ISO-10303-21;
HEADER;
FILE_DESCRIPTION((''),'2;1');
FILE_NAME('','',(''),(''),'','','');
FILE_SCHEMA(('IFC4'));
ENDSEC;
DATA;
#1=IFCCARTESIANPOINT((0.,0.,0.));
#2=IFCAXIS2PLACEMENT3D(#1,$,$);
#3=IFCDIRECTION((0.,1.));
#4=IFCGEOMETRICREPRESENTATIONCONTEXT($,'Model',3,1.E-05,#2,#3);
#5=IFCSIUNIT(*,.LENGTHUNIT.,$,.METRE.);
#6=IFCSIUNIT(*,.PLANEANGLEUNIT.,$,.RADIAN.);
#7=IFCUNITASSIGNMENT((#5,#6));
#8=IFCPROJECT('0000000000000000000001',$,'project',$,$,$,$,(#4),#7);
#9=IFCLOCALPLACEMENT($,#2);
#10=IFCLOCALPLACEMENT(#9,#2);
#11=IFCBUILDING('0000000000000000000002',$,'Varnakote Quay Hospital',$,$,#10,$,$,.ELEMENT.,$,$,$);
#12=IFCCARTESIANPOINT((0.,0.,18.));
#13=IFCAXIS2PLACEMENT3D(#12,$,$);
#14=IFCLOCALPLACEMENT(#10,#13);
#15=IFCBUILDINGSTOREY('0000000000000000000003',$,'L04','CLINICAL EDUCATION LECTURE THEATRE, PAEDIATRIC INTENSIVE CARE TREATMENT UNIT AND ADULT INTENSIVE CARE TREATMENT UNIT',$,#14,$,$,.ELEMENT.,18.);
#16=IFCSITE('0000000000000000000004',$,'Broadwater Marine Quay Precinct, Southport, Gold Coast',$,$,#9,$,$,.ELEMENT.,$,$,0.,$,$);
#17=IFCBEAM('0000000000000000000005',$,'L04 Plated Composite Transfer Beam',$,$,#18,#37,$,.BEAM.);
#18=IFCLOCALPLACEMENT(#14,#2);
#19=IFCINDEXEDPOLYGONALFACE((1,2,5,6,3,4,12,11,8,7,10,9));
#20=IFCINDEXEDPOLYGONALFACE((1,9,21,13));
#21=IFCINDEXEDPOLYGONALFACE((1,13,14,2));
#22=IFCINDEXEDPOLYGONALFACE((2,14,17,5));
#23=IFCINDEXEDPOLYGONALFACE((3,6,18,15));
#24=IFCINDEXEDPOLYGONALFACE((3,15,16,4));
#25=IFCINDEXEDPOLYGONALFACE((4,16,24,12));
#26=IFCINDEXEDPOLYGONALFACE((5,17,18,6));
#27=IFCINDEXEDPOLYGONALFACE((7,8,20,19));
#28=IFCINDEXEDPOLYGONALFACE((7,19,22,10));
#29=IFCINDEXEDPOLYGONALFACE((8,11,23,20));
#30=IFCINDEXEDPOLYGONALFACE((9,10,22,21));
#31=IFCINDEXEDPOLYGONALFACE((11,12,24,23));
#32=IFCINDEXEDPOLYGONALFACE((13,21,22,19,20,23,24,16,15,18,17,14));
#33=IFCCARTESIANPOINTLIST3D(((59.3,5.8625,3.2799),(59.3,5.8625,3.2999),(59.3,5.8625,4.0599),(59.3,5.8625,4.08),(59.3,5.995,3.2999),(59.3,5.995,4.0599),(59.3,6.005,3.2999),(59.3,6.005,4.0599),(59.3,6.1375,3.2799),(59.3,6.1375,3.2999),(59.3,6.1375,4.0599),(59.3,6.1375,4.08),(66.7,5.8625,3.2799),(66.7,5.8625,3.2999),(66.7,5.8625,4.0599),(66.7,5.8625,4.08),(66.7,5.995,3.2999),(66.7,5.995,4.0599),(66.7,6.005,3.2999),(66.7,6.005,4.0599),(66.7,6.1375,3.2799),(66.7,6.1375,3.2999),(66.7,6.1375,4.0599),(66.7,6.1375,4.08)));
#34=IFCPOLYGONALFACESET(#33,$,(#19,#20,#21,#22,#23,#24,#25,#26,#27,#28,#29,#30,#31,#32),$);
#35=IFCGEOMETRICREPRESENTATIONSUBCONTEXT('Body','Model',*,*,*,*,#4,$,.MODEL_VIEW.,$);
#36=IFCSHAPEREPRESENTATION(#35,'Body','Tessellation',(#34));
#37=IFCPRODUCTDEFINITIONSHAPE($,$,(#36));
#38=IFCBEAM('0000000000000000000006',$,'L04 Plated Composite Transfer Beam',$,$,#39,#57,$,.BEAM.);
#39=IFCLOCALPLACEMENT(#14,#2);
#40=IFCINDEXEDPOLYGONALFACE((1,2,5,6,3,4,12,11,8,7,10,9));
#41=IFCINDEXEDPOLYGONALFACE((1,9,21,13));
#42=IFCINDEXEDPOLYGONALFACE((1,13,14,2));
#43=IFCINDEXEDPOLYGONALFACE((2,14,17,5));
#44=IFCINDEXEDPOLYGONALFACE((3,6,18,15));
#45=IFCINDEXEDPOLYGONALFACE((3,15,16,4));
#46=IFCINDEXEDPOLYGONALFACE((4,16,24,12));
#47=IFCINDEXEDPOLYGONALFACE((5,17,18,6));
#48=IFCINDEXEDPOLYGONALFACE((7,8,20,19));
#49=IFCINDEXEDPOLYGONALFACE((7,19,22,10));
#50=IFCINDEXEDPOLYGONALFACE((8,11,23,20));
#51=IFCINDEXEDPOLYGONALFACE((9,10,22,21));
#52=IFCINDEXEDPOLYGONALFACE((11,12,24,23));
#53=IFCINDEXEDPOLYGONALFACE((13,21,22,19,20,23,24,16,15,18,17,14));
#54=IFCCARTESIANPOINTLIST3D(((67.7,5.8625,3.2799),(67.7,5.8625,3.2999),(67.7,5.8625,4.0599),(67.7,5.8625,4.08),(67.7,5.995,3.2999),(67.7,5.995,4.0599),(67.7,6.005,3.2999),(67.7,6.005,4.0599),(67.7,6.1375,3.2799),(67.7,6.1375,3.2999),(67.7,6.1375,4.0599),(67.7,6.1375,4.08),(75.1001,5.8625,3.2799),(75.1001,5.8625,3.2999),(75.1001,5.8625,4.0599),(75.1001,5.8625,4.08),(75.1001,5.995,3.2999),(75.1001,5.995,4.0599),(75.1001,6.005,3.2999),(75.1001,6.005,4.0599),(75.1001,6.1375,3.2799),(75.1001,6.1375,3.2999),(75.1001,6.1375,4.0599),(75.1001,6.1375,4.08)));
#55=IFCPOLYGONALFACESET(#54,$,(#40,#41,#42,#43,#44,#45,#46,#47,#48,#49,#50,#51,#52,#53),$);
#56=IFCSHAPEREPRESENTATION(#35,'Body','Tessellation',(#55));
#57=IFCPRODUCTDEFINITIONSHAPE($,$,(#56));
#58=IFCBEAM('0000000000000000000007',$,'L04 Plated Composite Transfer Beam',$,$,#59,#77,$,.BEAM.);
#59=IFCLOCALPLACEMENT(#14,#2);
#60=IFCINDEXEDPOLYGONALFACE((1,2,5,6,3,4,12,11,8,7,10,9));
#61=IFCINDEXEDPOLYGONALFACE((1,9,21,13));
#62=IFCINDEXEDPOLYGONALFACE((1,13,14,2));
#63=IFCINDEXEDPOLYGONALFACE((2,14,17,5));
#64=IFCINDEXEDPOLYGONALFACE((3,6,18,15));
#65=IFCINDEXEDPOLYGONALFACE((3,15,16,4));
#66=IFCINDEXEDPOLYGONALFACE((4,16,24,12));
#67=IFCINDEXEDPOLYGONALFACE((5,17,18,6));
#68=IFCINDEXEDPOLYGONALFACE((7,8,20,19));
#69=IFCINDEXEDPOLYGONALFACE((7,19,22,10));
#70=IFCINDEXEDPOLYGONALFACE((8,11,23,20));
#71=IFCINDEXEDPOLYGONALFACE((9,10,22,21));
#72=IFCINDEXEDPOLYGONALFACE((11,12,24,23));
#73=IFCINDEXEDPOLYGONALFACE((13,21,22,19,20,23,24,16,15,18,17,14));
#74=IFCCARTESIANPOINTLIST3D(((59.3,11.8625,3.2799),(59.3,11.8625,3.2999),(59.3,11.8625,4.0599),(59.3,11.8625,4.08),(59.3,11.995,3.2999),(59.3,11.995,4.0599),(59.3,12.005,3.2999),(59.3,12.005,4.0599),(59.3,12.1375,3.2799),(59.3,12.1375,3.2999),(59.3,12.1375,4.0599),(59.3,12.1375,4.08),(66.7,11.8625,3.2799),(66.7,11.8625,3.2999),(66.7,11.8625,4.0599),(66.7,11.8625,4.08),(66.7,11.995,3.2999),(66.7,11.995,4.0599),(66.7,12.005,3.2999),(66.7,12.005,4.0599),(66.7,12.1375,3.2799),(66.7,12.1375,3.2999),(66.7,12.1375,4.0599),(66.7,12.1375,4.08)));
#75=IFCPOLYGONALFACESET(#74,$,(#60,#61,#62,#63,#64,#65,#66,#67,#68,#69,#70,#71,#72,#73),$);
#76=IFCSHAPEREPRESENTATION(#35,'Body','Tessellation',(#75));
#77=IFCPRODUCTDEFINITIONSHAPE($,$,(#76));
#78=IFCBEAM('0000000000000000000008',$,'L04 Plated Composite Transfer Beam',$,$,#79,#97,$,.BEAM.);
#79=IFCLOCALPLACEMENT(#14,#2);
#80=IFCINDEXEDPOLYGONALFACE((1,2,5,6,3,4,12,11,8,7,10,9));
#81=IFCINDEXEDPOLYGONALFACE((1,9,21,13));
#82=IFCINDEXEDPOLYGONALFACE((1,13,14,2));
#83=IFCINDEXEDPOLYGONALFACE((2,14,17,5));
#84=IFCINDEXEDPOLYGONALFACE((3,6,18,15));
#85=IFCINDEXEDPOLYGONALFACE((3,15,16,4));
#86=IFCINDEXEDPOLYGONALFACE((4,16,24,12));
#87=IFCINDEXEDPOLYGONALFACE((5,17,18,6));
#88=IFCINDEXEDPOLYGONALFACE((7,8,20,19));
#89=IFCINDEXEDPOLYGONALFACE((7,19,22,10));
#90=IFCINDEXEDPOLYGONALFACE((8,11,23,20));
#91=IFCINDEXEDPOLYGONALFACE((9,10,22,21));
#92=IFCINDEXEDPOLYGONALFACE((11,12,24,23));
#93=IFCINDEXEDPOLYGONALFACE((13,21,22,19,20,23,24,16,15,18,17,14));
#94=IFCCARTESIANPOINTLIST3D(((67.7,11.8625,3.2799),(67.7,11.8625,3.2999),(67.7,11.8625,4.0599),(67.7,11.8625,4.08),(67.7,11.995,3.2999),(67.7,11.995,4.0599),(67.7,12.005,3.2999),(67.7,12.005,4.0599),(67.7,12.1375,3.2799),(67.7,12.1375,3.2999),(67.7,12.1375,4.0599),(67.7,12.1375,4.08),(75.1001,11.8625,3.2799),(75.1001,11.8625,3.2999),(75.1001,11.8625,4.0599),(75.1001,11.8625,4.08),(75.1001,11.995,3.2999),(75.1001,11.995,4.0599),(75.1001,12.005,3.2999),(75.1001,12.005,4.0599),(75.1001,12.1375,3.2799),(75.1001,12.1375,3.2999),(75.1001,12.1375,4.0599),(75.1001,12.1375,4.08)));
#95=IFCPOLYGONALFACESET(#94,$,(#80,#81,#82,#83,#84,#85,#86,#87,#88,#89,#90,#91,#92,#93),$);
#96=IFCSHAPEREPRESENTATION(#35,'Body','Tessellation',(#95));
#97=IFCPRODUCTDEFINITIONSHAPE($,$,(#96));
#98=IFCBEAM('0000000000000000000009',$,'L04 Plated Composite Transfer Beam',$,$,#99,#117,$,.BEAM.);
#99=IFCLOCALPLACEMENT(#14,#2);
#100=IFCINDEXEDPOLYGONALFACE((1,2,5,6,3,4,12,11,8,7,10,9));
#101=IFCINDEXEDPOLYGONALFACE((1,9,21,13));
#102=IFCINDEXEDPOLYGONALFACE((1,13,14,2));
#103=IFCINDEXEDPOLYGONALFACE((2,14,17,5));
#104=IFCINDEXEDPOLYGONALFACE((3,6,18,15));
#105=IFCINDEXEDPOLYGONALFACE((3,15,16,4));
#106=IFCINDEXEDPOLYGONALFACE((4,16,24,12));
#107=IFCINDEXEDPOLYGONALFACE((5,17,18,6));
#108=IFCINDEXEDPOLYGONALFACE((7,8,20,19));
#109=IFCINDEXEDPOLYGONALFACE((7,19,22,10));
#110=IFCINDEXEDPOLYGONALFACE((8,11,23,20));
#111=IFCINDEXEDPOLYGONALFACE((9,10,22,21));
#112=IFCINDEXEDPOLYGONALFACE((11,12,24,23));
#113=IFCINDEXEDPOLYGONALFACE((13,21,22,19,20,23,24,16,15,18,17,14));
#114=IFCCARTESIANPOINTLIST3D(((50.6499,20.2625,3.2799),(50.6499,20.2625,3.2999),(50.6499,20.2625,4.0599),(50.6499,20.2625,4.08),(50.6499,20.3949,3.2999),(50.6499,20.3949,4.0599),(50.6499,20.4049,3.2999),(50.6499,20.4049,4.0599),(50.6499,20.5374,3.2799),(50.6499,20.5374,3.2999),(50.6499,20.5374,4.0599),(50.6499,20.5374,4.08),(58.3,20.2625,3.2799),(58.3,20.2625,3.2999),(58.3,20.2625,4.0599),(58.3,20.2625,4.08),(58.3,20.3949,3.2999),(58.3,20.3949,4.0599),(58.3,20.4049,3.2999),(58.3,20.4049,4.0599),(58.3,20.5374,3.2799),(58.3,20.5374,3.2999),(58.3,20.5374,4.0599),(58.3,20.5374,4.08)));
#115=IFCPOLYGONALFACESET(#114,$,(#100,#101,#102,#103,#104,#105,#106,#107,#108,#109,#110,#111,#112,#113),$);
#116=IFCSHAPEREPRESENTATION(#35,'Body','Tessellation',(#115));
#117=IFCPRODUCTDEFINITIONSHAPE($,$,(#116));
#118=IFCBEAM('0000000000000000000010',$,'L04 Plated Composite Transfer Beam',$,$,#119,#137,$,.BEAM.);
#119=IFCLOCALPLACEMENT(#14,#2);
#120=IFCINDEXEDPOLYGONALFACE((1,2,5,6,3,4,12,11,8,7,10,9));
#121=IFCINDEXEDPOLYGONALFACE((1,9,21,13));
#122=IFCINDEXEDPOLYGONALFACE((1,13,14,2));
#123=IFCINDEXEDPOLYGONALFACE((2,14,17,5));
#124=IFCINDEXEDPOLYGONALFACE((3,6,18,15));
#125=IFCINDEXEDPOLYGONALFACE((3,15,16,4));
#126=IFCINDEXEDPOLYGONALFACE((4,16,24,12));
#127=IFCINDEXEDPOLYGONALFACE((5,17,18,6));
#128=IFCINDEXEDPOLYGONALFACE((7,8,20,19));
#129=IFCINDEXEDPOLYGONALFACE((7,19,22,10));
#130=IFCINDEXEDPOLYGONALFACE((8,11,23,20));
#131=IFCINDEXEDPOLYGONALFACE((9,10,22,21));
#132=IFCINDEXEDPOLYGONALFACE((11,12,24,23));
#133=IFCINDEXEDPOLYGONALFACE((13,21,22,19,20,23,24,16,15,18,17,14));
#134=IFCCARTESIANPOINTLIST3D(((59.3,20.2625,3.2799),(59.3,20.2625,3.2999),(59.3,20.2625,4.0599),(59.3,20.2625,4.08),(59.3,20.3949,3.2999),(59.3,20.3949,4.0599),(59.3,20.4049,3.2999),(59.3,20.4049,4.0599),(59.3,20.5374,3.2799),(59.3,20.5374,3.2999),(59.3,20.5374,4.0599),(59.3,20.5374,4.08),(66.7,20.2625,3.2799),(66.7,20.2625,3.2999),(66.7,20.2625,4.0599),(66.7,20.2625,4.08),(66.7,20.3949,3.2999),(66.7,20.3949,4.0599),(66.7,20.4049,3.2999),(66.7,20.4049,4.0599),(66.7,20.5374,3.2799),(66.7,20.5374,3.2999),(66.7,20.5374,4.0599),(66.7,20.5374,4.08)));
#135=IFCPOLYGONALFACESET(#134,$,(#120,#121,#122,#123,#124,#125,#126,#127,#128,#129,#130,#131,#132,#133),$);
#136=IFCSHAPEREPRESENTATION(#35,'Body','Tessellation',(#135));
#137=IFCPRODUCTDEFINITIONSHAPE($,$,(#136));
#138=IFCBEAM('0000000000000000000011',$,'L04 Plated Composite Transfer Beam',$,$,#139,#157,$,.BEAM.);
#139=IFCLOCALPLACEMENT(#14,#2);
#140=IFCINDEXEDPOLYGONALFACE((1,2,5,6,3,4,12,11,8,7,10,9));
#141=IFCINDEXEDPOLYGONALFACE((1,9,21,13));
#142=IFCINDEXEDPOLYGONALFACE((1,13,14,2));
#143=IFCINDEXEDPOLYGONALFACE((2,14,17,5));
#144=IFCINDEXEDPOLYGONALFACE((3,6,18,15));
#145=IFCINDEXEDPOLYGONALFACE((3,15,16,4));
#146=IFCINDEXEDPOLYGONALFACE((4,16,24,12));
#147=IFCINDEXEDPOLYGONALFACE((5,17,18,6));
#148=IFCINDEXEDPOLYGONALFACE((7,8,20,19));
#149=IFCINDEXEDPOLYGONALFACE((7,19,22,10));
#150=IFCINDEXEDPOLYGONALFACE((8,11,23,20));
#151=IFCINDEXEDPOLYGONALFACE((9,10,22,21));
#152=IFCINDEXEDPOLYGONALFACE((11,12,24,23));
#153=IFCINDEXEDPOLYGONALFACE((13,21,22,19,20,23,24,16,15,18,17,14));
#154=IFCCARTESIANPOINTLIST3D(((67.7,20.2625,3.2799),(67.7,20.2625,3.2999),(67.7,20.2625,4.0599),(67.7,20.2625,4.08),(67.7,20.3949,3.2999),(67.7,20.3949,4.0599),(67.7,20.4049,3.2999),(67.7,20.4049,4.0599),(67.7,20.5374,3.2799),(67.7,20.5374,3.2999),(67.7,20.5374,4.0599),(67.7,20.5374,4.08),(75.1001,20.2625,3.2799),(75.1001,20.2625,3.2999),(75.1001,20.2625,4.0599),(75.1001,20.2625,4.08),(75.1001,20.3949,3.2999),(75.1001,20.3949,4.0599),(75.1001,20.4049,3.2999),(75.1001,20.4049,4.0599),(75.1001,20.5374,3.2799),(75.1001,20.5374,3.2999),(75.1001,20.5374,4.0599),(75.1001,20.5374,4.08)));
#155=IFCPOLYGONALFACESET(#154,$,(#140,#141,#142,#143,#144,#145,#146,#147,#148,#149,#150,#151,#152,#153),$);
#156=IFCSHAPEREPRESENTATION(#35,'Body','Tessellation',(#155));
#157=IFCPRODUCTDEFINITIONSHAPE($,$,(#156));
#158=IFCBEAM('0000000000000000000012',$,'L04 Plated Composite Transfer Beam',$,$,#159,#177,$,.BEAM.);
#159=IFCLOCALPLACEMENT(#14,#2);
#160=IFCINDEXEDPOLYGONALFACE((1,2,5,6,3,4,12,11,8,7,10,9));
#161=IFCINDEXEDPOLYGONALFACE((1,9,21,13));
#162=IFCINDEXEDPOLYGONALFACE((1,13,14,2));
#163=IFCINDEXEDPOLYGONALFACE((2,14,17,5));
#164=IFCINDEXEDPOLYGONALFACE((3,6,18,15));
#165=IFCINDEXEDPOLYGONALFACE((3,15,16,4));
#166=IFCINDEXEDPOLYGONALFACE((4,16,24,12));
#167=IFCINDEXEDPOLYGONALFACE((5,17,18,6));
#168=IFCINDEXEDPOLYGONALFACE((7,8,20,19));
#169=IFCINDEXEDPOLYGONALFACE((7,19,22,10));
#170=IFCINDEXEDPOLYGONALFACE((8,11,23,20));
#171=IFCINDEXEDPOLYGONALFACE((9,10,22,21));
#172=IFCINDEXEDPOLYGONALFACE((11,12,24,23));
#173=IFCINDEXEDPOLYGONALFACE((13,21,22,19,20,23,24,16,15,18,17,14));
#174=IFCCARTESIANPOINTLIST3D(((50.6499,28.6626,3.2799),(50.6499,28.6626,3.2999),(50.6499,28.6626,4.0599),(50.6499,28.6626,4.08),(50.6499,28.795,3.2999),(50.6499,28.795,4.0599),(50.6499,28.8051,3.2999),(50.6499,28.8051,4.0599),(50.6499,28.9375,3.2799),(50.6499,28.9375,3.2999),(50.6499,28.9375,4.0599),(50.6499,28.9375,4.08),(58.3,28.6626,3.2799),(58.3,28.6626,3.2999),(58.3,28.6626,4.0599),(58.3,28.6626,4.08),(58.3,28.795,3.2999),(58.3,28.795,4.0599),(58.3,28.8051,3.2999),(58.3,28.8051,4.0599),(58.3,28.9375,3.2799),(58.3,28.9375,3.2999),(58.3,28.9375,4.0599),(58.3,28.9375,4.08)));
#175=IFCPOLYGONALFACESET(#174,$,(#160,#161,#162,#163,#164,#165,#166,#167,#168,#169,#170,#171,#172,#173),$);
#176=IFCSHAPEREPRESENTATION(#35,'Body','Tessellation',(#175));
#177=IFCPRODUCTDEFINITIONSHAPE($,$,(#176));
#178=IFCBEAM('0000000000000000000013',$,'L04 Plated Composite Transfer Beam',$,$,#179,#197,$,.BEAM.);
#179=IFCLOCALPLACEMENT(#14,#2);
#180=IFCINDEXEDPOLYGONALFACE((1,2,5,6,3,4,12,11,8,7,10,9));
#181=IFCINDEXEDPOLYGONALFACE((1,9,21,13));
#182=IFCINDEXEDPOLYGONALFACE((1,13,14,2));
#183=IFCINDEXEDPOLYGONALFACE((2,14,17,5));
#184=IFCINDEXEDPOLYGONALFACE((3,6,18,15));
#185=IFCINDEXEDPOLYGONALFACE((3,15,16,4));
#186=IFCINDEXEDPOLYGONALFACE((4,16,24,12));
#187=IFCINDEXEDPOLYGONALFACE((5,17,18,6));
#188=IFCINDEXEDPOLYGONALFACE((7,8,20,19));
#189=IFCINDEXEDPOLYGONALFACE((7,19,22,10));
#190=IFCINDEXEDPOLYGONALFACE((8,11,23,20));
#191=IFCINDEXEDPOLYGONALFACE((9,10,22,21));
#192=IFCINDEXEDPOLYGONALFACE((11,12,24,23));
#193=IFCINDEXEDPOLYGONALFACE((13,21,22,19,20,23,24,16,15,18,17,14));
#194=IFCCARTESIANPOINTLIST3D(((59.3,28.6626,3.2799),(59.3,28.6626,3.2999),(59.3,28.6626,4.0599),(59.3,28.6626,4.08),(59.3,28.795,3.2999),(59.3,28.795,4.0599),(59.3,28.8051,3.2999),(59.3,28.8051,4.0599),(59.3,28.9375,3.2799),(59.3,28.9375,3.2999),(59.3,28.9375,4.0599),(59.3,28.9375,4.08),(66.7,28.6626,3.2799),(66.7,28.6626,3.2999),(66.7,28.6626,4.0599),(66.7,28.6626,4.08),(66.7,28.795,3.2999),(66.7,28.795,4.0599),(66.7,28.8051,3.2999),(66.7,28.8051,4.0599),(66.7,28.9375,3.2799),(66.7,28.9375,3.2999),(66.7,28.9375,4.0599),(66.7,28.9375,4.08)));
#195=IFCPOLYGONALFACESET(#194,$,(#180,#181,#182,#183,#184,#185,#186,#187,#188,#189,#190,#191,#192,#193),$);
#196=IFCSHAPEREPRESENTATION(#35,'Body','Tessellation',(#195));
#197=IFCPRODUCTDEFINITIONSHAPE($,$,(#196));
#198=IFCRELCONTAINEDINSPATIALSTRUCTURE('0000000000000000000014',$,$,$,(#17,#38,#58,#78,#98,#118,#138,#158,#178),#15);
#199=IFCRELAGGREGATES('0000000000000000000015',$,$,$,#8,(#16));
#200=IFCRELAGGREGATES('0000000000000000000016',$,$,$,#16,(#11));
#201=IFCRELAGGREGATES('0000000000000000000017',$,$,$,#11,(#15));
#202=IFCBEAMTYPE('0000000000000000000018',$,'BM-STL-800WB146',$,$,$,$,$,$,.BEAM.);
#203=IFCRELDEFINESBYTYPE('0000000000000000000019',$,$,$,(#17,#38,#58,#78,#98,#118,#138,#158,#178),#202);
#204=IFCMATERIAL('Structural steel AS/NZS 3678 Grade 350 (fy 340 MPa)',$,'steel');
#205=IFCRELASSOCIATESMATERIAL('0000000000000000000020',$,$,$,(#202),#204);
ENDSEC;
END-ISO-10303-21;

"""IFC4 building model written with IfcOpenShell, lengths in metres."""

from ifc_helpers import new_model, si_unit, direction, frame, origin, origin_2d, place, context, subcontext, project, spatial, i_section, extrude, material, material_profile, profile_set, type_object, element, save


model = new_model("IFC4")

# Units and contexts
model_context = context("Model", 3, precision=1e-05, world=origin(), true_north=direction((0.0, 1.0)))
body_context = subcontext(model_context, "Body", "Model", "MODEL_VIEW")
ifc_project = project(units=[si_unit("LENGTHUNIT", "METRE"), si_unit("PLANEANGLEUNIT", "RADIAN")], contexts=[model_context])

# Site, building, storey
site_placement = place(None, origin())
site = spatial("IfcSite", under=ifc_project, at=site_placement, Name="Broadwater Marine Quay Precinct, Southport, Gold Coast", CompositionType="ELEMENT", RefElevation=0.0)
building_placement = place(site_placement, origin())
building = spatial("IfcBuilding", under=site, at=building_placement, Name="Varnakote Quay Hospital", CompositionType="ELEMENT")
storey_placement = place(building_placement, frame((0.0, 0.0, 18.0)))
storey = spatial("IfcBuildingStorey", under=building, at=storey_placement, Name="L04", Description="CLINICAL EDUCATION LECTURE THEATRE, PAEDIATRIC INTENSIVE CARE TREATMENT UNIT AND ADULT INTENSIVE CARE TREATMENT UNIT", CompositionType="ELEMENT", Elevation=18.0)

# Beams
ifc_material_1 = material(Name="Structural steel AS/NZS 3678 Grade 350 (fy 340 MPa)", Category="steel")
ifc_material_profile_1 = material_profile(ifc_material_1, i_section(OverallWidth=0.2749, OverallDepth=0.8, WebThickness=0.01, FlangeThickness=0.02, at=origin_2d()), Name="800WB146")
ifc_profile_set_1 = profile_set([ifc_material_profile_1], Name="Structural steel AS/NZS 3678 Grade 350 (fy 340 MPa)")
beam_type_1 = type_object("IfcBeamType", Name="BM-STL-800WB146", PredefinedType="BEAM", material=ifc_profile_set_1)
beam_1_placement = place(storey_placement, frame((59.3, 6.0, 3.6799), z_axis=(1.0, 0.0, 0.0), x_axis=(0.0, 1.0, 0.0)))
element("IfcBeam", 1, at=beam_1_placement, inside=storey, type_object=beam_type_1, Name="L04 Plated Composite Transfer Beam", PredefinedType="BEAM", context=body_context, shape_type="SweptSolid", body=[
    extrude(i_section(OverallWidth=0.2749, OverallDepth=0.8, WebThickness=0.01, FlangeThickness=0.02, at=origin_2d()), origin(), (0.0, 0.0, 1.0), 7.3999),
])
beam_2_placement = place(storey_placement, frame((67.7, 6.0, 3.6799), z_axis=(1.0, 0.0, 0.0), x_axis=(0.0, 1.0, 0.0)))
element("IfcBeam", 2, at=beam_2_placement, inside=storey, type_object=beam_type_1, Name="L04 Plated Composite Transfer Beam", PredefinedType="BEAM", context=body_context, shape_type="SweptSolid", body=[
    extrude(i_section(OverallWidth=0.2749, OverallDepth=0.8, WebThickness=0.01, FlangeThickness=0.02, at=origin_2d()), origin(), (0.0, 0.0, 1.0), 7.4001),
])
beam_3_placement = place(storey_placement, frame((59.3, 12.0, 3.6799), z_axis=(1.0, 0.0, 0.0), x_axis=(0.0, 1.0, 0.0)))
element("IfcBeam", 3, at=beam_3_placement, inside=storey, type_object=beam_type_1, Name="L04 Plated Composite Transfer Beam", PredefinedType="BEAM", context=body_context, shape_type="SweptSolid", body=[
    extrude(i_section(OverallWidth=0.2749, OverallDepth=0.8, WebThickness=0.01, FlangeThickness=0.02, at=origin_2d()), origin(), (0.0, 0.0, 1.0), 7.3999),
])
beam_4_placement = place(storey_placement, frame((67.7, 12.0, 3.6799), z_axis=(1.0, 0.0, 0.0), x_axis=(0.0, 1.0, 0.0)))
element("IfcBeam", 4, at=beam_4_placement, inside=storey, type_object=beam_type_1, Name="L04 Plated Composite Transfer Beam", PredefinedType="BEAM", context=body_context, shape_type="SweptSolid", body=[
    extrude(i_section(OverallWidth=0.2749, OverallDepth=0.8, WebThickness=0.01, FlangeThickness=0.02, at=origin_2d()), origin(), (0.0, 0.0, 1.0), 7.4001),
])
beam_5_placement = place(storey_placement, frame((50.6499, 20.3999, 3.6799), z_axis=(1.0, 0.0, 0.0), x_axis=(0.0, 1.0, 0.0)))
element("IfcBeam", 5, at=beam_5_placement, inside=storey, type_object=beam_type_1, Name="L04 Plated Composite Transfer Beam", PredefinedType="BEAM", context=body_context, shape_type="SweptSolid", body=[
    extrude(i_section(OverallWidth=0.2749, OverallDepth=0.8, WebThickness=0.01, FlangeThickness=0.02, at=origin_2d()), origin(), (0.0, 0.0, 1.0), 7.6501),
])
beam_6_placement = place(storey_placement, frame((59.3, 20.3999, 3.6799), z_axis=(1.0, 0.0, 0.0), x_axis=(0.0, 1.0, 0.0)))
element("IfcBeam", 6, at=beam_6_placement, inside=storey, type_object=beam_type_1, Name="L04 Plated Composite Transfer Beam", PredefinedType="BEAM", context=body_context, shape_type="SweptSolid", body=[
    extrude(i_section(OverallWidth=0.2749, OverallDepth=0.8, WebThickness=0.01, FlangeThickness=0.02, at=origin_2d()), origin(), (0.0, 0.0, 1.0), 7.3999),
])
beam_7_placement = place(storey_placement, frame((67.7, 20.3999, 3.6799), z_axis=(1.0, 0.0, 0.0), x_axis=(0.0, 1.0, 0.0)))
element("IfcBeam", 7, at=beam_7_placement, inside=storey, type_object=beam_type_1, Name="L04 Plated Composite Transfer Beam", PredefinedType="BEAM", context=body_context, shape_type="SweptSolid", body=[
    extrude(i_section(OverallWidth=0.2749, OverallDepth=0.8, WebThickness=0.01, FlangeThickness=0.02, at=origin_2d()), origin(), (0.0, 0.0, 1.0), 7.4001),
])
beam_8_placement = place(storey_placement, frame((50.6499, 28.8, 3.6799), z_axis=(1.0, 0.0, 0.0), x_axis=(0.0, 1.0, 0.0)))
element("IfcBeam", 8, at=beam_8_placement, inside=storey, type_object=beam_type_1, Name="L04 Plated Composite Transfer Beam", PredefinedType="BEAM", context=body_context, shape_type="SweptSolid", body=[
    extrude(i_section(OverallWidth=0.2749, OverallDepth=0.8, WebThickness=0.01, FlangeThickness=0.02, at=origin_2d()), origin(), (0.0, 0.0, 1.0), 7.6501),
])
beam_9_placement = place(storey_placement, frame((59.3, 28.8, 3.6799), z_axis=(1.0, 0.0, 0.0), x_axis=(0.0, 1.0, 0.0)))
element("IfcBeam", 9, at=beam_9_placement, inside=storey, type_object=beam_type_1, Name="L04 Plated Composite Transfer Beam", PredefinedType="BEAM", context=body_context, shape_type="SweptSolid", body=[
    extrude(i_section(OverallWidth=0.2749, OverallDepth=0.8, WebThickness=0.01, FlangeThickness=0.02, at=origin_2d()), origin(), (0.0, 0.0, 1.0), 7.3999),
])

save(model, "model.ifc")
